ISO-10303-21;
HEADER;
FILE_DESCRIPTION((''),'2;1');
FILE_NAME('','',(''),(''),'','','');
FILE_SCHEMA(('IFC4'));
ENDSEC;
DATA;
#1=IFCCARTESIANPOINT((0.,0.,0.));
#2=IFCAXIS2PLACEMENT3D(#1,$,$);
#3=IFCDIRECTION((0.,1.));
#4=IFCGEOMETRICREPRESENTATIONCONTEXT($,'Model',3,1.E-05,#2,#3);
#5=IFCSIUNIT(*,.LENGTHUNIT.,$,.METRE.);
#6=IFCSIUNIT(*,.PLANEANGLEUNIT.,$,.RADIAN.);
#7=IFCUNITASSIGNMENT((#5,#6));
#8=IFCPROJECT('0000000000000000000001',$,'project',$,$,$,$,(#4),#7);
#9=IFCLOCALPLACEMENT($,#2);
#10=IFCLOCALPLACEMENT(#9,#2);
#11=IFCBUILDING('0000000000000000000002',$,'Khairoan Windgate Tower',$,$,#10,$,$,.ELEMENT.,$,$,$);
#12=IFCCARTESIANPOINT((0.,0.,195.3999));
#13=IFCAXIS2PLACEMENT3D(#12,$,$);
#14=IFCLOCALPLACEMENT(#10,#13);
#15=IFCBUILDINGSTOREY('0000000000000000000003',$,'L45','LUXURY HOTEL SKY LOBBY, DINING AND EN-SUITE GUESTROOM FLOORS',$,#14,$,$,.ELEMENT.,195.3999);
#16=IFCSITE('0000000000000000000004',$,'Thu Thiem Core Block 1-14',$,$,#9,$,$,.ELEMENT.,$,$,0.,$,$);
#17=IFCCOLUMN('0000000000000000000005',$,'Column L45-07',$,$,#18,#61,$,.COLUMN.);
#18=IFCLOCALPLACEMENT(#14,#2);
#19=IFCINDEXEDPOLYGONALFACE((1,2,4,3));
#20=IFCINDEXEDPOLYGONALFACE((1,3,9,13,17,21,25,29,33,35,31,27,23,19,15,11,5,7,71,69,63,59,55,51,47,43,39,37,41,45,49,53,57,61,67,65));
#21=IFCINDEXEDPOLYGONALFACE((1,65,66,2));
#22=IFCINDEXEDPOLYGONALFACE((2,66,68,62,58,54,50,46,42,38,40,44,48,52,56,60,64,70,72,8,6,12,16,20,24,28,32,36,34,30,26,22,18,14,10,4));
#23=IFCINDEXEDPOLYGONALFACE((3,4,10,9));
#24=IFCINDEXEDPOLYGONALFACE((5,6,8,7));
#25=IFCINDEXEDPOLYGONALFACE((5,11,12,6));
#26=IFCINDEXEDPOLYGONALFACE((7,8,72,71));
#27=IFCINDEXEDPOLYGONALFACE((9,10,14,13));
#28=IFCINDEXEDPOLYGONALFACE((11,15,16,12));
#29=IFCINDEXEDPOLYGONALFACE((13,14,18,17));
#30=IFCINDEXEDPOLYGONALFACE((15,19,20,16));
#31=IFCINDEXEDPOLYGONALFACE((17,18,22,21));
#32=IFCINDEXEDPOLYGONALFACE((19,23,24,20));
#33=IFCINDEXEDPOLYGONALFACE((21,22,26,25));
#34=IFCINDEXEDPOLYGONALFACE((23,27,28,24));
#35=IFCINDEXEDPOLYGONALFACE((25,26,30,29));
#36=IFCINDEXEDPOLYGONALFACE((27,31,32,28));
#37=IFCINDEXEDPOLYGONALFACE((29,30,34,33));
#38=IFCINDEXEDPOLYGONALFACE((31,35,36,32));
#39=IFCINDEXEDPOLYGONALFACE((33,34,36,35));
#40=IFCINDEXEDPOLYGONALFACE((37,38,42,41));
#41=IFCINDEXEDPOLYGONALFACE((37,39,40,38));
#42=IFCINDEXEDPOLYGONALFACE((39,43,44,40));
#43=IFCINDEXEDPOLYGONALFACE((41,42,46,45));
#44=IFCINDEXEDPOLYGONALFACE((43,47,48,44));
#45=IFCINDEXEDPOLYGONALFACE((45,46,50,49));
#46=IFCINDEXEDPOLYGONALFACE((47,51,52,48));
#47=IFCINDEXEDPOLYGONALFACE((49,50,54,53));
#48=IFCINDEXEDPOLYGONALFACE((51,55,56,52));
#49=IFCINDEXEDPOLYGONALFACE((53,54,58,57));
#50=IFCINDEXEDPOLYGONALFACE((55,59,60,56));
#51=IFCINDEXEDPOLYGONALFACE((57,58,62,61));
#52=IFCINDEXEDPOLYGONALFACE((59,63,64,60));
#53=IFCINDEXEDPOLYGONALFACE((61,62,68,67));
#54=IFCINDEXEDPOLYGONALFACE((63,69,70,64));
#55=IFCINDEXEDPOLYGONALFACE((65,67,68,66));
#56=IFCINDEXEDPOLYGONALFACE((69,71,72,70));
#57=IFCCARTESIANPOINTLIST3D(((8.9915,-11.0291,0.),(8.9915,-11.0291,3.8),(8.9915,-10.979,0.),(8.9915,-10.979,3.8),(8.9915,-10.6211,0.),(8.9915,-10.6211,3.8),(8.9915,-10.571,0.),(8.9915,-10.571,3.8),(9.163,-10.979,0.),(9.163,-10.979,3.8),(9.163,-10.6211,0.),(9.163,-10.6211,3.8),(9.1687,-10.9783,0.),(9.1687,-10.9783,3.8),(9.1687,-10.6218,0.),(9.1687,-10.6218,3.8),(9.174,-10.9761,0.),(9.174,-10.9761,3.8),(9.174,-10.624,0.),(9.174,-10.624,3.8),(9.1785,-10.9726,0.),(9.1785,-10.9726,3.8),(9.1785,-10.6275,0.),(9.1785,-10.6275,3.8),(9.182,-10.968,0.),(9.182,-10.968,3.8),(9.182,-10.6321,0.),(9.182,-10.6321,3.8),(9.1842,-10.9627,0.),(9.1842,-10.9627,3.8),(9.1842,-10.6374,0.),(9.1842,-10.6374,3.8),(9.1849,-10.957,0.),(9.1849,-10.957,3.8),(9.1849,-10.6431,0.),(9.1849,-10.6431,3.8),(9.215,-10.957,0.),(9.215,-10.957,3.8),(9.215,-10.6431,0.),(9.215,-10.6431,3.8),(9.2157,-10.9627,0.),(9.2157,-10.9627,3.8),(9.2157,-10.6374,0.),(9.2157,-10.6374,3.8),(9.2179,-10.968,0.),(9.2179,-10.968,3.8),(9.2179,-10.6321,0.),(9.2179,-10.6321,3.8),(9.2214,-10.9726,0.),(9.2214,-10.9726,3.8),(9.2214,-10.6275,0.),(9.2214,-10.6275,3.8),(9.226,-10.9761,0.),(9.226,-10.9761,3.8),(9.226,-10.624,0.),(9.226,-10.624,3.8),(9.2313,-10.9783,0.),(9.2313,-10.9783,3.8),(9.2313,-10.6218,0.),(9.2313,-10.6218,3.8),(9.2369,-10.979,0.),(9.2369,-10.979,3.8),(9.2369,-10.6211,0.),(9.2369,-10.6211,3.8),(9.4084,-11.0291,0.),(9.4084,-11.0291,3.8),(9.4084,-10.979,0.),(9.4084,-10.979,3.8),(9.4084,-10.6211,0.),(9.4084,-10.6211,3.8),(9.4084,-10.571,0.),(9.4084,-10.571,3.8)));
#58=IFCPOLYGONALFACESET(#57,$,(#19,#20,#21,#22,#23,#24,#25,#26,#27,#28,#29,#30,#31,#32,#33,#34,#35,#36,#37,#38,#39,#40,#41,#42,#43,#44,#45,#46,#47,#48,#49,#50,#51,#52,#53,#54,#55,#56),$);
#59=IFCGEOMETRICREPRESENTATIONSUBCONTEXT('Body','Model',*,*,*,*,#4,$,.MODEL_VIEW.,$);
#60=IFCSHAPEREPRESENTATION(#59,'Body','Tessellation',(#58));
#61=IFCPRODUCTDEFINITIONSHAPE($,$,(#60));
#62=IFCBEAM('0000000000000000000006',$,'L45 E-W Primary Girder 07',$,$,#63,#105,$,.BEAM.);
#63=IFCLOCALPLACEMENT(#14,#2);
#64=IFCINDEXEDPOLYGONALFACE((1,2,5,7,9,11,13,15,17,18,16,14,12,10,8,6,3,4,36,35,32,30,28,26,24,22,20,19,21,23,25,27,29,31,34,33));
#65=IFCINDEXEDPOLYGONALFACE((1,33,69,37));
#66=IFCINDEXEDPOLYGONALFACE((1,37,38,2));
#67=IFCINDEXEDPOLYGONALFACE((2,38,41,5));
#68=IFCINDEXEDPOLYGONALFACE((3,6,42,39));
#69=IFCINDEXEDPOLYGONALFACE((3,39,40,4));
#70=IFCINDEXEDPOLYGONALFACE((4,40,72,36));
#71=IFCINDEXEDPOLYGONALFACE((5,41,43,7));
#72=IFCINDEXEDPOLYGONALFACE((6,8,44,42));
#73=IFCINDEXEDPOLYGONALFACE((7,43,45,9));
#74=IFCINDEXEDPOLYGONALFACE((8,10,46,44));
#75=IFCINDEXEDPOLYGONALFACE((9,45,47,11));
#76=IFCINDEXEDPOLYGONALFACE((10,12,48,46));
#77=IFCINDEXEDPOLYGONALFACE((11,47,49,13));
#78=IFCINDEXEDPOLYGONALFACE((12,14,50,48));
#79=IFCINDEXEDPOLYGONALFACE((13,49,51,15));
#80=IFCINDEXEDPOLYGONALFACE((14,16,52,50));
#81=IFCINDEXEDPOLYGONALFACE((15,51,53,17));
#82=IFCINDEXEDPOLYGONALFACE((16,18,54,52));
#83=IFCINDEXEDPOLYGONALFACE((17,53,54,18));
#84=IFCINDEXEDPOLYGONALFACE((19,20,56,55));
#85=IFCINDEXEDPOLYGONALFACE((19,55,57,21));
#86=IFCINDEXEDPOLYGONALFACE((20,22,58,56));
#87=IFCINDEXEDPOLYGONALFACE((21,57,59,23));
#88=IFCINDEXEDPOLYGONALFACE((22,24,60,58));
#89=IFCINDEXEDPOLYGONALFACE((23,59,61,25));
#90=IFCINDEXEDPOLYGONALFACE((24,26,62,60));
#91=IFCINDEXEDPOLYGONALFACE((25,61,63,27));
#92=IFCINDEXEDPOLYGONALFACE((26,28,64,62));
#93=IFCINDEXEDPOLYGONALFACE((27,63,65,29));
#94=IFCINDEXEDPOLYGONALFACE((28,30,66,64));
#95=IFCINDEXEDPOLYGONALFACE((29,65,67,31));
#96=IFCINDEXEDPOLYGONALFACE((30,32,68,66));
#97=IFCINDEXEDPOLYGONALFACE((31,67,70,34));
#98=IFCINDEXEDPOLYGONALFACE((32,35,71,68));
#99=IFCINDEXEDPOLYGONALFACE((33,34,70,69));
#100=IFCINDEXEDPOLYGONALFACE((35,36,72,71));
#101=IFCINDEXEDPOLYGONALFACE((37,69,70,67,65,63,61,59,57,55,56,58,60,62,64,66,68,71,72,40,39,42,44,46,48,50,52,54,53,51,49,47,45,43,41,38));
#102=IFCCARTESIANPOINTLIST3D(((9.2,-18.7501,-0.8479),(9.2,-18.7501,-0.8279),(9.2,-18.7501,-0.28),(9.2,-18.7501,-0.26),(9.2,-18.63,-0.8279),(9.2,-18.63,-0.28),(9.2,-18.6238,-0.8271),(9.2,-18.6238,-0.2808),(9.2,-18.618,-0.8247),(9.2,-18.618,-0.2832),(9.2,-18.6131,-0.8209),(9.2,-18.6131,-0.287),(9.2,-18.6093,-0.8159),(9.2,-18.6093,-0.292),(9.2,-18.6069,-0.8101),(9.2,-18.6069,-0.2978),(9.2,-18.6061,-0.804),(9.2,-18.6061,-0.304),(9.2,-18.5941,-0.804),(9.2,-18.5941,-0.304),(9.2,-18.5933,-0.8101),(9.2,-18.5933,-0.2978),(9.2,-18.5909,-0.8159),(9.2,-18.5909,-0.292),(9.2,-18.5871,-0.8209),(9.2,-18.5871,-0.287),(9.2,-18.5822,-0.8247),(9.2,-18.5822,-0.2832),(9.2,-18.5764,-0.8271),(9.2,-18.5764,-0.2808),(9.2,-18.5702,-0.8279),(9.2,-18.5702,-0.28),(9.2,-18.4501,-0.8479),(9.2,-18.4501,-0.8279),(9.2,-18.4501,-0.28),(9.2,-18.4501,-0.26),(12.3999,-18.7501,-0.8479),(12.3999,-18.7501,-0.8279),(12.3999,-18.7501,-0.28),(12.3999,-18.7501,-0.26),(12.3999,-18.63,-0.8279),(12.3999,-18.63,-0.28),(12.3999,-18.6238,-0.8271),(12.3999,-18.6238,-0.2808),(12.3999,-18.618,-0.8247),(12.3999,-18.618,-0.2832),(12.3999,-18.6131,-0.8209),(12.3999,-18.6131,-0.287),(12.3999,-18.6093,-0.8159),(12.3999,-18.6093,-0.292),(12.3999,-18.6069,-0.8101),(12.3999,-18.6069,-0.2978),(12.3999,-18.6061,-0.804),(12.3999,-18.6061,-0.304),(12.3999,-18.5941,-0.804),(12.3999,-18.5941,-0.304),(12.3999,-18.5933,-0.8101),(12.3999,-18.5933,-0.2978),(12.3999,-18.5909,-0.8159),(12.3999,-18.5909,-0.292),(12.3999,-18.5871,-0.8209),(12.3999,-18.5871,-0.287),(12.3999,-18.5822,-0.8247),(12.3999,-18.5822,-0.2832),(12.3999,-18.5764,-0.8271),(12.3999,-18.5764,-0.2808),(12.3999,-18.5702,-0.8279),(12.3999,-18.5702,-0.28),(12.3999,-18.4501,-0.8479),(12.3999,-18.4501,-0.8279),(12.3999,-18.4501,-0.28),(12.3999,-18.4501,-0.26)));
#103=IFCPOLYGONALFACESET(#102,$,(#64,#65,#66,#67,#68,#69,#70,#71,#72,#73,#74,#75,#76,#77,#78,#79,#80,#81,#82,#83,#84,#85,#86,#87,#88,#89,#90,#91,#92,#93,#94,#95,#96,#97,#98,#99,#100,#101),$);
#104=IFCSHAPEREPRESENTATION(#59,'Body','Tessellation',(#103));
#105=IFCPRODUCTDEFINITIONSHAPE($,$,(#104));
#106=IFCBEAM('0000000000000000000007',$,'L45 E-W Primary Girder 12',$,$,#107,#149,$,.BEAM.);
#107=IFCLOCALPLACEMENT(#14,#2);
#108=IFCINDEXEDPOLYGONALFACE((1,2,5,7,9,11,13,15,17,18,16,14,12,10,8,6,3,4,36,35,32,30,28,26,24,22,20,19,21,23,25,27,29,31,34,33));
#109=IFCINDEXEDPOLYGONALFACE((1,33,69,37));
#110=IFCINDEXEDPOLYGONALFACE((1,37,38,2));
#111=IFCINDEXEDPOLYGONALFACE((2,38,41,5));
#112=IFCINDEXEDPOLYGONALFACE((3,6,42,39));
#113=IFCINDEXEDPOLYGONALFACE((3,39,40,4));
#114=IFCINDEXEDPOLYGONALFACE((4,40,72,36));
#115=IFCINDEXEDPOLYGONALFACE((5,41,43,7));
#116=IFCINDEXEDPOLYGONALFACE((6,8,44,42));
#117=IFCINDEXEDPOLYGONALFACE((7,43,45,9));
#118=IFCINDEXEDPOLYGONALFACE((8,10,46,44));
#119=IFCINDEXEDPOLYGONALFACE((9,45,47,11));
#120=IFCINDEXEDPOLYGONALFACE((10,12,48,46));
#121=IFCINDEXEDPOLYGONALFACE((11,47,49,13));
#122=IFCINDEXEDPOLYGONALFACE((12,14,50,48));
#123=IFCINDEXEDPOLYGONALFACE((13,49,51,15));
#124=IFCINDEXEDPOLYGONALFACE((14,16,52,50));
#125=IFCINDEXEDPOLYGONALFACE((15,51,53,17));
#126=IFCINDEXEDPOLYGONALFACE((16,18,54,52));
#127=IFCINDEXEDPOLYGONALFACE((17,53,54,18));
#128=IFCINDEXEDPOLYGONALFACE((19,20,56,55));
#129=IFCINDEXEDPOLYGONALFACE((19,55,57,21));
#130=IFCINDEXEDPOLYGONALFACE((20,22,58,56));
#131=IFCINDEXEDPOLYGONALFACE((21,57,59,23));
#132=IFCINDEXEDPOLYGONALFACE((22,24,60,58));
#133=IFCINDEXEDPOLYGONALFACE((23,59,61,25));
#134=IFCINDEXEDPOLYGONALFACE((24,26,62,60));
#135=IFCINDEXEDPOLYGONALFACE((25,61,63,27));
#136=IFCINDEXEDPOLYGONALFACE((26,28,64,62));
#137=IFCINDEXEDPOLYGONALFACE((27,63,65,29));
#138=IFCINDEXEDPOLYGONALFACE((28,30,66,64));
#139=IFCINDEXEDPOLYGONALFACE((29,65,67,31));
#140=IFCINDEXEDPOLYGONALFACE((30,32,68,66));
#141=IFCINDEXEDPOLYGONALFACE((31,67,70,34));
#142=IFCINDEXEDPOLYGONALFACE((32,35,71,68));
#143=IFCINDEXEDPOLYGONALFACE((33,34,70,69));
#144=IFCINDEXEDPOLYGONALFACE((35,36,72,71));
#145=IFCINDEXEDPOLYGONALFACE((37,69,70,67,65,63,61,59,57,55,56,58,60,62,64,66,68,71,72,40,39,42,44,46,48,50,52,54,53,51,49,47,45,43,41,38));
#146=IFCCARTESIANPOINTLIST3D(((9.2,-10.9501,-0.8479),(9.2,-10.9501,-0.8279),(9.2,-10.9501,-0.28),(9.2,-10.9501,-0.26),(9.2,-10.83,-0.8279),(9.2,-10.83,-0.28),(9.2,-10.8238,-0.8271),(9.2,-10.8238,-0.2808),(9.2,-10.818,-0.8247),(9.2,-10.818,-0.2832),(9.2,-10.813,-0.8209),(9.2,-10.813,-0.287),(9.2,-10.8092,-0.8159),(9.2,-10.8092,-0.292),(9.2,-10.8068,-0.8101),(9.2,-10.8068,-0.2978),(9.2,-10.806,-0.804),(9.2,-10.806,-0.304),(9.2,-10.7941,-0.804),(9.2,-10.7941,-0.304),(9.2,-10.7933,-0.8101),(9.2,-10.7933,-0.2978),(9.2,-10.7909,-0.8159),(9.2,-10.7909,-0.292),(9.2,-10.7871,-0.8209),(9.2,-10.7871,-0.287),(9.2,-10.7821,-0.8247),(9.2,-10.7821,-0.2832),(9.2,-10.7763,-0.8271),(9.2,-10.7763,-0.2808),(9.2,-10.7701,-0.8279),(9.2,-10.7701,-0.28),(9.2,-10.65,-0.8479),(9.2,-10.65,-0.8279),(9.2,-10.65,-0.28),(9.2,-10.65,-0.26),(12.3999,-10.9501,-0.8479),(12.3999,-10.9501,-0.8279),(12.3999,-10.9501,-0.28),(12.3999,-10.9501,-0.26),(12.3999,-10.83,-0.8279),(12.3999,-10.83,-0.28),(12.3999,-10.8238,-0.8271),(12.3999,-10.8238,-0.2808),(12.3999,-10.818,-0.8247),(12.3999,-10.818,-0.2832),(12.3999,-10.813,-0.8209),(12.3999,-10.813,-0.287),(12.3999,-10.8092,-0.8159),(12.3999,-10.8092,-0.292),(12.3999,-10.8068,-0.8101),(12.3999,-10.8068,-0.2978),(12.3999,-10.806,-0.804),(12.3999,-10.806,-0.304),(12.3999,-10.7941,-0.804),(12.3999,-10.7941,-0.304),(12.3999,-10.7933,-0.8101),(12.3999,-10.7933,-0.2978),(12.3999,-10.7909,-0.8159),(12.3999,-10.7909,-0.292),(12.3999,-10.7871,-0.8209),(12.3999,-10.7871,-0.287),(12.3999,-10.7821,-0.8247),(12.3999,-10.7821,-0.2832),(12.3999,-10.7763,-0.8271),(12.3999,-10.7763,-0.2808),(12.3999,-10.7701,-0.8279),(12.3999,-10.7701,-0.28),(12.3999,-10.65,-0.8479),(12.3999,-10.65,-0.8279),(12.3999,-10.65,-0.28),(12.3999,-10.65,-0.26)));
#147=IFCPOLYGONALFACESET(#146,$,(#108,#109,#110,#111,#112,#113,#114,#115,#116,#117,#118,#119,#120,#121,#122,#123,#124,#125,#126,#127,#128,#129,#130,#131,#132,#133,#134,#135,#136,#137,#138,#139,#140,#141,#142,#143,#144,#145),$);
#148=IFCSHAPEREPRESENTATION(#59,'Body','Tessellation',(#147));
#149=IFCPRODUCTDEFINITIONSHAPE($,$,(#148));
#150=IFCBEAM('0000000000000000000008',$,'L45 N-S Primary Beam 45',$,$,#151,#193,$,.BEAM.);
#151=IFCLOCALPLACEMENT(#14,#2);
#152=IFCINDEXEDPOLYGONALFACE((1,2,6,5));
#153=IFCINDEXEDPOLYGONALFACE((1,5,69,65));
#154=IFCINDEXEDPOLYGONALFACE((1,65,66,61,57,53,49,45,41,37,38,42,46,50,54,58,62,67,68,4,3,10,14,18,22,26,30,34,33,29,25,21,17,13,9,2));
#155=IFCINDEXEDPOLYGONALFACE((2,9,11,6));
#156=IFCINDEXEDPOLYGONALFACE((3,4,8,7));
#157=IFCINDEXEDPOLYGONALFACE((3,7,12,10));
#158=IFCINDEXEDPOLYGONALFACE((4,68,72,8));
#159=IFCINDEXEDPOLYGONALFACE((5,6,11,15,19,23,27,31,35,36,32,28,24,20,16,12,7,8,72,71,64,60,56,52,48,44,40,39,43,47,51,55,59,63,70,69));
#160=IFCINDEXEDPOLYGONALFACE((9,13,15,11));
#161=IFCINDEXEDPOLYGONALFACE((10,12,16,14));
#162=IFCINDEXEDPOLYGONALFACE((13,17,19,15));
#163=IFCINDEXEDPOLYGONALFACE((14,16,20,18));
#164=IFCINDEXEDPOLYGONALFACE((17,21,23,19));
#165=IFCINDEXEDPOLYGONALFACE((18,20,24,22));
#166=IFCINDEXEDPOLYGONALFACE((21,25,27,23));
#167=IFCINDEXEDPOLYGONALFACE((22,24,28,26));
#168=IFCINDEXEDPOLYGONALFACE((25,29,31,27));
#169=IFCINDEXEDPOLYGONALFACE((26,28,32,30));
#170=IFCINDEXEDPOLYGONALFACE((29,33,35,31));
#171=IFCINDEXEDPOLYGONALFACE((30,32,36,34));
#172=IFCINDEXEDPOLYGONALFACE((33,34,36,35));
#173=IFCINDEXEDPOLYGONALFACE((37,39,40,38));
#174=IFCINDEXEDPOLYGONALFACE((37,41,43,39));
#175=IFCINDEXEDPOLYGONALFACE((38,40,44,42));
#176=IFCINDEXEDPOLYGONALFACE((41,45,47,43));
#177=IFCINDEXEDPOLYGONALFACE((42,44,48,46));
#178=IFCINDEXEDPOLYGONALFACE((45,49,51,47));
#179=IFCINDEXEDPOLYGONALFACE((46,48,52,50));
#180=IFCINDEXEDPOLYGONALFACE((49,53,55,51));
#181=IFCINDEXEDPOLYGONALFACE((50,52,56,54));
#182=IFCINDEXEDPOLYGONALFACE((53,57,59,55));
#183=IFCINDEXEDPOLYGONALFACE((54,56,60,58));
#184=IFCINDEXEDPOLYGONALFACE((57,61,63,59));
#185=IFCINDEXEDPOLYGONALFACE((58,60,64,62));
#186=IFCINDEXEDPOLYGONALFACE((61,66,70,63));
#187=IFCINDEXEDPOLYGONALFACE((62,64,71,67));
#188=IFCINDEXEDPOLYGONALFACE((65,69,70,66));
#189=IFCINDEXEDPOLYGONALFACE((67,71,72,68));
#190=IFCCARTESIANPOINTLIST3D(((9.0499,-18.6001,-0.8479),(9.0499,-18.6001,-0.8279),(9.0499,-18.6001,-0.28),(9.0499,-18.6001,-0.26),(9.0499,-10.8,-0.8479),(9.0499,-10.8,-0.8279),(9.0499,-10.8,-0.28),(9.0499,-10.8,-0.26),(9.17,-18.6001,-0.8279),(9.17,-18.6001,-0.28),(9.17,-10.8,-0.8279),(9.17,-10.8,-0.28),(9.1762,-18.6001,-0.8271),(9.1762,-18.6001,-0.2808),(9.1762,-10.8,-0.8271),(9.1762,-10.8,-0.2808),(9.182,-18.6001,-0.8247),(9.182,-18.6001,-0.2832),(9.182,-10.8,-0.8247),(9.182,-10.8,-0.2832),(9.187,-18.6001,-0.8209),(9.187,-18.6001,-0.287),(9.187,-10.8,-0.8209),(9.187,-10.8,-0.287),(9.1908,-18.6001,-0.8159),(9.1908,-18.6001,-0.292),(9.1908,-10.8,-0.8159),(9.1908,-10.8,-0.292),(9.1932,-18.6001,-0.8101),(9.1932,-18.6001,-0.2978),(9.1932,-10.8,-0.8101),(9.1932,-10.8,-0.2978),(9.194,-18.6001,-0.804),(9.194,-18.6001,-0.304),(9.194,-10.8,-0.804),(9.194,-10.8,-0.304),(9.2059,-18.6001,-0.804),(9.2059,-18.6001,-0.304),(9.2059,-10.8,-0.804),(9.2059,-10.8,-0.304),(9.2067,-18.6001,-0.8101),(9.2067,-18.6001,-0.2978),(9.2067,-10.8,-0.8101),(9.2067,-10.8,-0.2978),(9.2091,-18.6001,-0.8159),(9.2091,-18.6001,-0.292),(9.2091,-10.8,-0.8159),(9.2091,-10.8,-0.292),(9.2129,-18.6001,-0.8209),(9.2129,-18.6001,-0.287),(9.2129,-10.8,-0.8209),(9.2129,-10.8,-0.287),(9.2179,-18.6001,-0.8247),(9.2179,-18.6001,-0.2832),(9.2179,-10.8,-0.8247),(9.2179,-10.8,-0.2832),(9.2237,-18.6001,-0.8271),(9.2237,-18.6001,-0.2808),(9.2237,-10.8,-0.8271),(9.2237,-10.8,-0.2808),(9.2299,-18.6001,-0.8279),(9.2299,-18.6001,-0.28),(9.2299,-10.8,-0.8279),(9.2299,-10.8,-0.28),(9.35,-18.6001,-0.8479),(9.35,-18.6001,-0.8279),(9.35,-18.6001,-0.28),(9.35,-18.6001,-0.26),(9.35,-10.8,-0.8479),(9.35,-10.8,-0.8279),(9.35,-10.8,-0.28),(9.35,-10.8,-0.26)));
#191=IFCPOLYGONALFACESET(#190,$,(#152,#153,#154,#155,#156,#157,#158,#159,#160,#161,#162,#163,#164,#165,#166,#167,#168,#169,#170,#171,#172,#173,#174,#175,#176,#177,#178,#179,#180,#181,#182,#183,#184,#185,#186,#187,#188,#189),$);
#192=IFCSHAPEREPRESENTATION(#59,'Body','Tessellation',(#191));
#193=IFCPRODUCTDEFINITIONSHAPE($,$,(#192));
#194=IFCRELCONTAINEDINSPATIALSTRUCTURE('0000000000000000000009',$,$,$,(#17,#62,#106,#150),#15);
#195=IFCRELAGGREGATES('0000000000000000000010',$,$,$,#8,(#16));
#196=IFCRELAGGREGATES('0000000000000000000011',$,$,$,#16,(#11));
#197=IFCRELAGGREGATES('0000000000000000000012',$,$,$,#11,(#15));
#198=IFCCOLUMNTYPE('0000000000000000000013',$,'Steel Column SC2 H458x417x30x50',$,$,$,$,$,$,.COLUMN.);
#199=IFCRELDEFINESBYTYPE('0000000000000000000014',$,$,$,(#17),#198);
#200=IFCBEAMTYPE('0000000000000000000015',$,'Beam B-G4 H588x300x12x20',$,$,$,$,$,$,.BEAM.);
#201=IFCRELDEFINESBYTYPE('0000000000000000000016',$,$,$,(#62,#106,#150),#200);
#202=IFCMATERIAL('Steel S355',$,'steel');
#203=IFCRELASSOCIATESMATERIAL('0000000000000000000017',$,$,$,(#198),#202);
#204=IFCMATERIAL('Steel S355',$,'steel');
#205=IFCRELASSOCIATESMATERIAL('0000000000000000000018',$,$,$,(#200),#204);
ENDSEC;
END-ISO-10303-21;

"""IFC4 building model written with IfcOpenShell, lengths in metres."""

from ifc_helpers import new_model, si_unit, direction, frame, origin, origin_2d, place, context, subcontext, project, spatial, i_section, extrude, material, material_profile, profile_set, type_object, element, save


model = new_model("IFC4")

# Units and contexts
model_context = context("Model", 3, precision=1e-05, world=origin(), true_north=direction((0.0, 1.0)))
body_context = subcontext(model_context, "Body", "Model", "MODEL_VIEW")
ifc_project = project(units=[si_unit("LENGTHUNIT", "METRE"), si_unit("PLANEANGLEUNIT", "RADIAN")], contexts=[model_context])

# Site, building, storey
site_placement = place(None, origin())
site = spatial("IfcSite", under=ifc_project, at=site_placement, Name="Thu Thiem Core Block 1-14", CompositionType="ELEMENT", RefElevation=0.0)
building_placement = place(site_placement, origin())
building = spatial("IfcBuilding", under=site, at=building_placement, Name="Khairoan Windgate Tower", CompositionType="ELEMENT")
storey_placement = place(building_placement, frame((0.0, 0.0, 195.3999)))
storey = spatial("IfcBuildingStorey", under=building, at=storey_placement, Name="L45", Description="LUXURY HOTEL SKY LOBBY, DINING AND EN-SUITE GUESTROOM FLOORS", CompositionType="ELEMENT", Elevation=195.3999)

# Column
ifc_material_1 = material(Name="Steel S355", Category="steel")
ifc_material_profile_1 = material_profile(ifc_material_1, i_section(OverallWidth=0.417, OverallDepth=0.458, WebThickness=0.03, FlangeThickness=0.05, FilletRadius=0.022, at=origin_2d()))
ifc_profile_set_1 = profile_set([ifc_material_profile_1], Name="Steel S355")
column_type = type_object("IfcColumnType", Name="Steel Column SC2 H458x417x30x50", PredefinedType="COLUMN", material=ifc_profile_set_1)
column_placement = place(storey_placement, frame((9.2, -10.8, 0.0), z_axis=(0.0, 0.0, 1.0), x_axis=(1.0, 0.0, 0.0)))
element("IfcColumn", 1, at=column_placement, inside=storey, type_object=column_type, Name="Column L45-07", PredefinedType="COLUMN", context=body_context, shape_type="SweptSolid", body=[
    extrude(i_section(OverallWidth=0.417, OverallDepth=0.458, WebThickness=0.03, FlangeThickness=0.05, FilletRadius=0.022, at=origin_2d()), origin(), (0.0, 0.0, 1.0), 3.8),
])

# Beams
ifc_material_2 = material(Name="Steel S355", Category="steel")
ifc_material_profile_2 = material_profile(ifc_material_2, i_section(OverallWidth=0.3, OverallDepth=0.5879, WebThickness=0.012, FlangeThickness=0.02, FilletRadius=0.0239, at=origin_2d()))
ifc_profile_set_2 = profile_set([ifc_material_profile_2], Name="Steel S355")
beam_type_1 = type_object("IfcBeamType", Name="Beam B-G4 H588x300x12x20", PredefinedType="BEAM", material=ifc_profile_set_2)
for number, where, z_axis, x_axis, name in (
    (2, (9.2, -18.6001, -0.554), (1.0, 0.0, 0.0), (0.0, 1.0, 0.0), "L45 E-W Primary Girder 07"),
    (3, (9.2, -10.8, -0.554), (1.0, 0.0, 0.0), (0.0, 1.0, 0.0), "L45 E-W Primary Girder 12"),
):
    element("IfcBeam", number, at=place(storey_placement, frame(where, z_axis=z_axis, x_axis=x_axis)), inside=storey, type_object=beam_type_1, Name=name, PredefinedType="BEAM", context=body_context, shape_type="SweptSolid", body=[
        extrude(i_section(OverallWidth=0.3, OverallDepth=0.5879, WebThickness=0.012, FlangeThickness=0.02, FilletRadius=0.0239, at=origin_2d()), origin(), (0.0, 0.0, 1.0), 3.2),
    ])
beam_1_placement = place(storey_placement, frame((9.2, -18.6001, -0.554), z_axis=(0.0, 1.0, 0.0), x_axis=(-1.0, 0.0, 0.0)))
element("IfcBeam", 4, at=beam_1_placement, inside=storey, type_object=beam_type_1, Name="L45 N-S Primary Beam 45", PredefinedType="BEAM", context=body_context, shape_type="SweptSolid", body=[
    extrude(i_section(OverallWidth=0.3, OverallDepth=0.5879, WebThickness=0.012, FlangeThickness=0.02, FilletRadius=0.0239, at=origin_2d()), origin(), (0.0, 0.0, 1.0), 7.8),
])

save(model, "model.ifc")
